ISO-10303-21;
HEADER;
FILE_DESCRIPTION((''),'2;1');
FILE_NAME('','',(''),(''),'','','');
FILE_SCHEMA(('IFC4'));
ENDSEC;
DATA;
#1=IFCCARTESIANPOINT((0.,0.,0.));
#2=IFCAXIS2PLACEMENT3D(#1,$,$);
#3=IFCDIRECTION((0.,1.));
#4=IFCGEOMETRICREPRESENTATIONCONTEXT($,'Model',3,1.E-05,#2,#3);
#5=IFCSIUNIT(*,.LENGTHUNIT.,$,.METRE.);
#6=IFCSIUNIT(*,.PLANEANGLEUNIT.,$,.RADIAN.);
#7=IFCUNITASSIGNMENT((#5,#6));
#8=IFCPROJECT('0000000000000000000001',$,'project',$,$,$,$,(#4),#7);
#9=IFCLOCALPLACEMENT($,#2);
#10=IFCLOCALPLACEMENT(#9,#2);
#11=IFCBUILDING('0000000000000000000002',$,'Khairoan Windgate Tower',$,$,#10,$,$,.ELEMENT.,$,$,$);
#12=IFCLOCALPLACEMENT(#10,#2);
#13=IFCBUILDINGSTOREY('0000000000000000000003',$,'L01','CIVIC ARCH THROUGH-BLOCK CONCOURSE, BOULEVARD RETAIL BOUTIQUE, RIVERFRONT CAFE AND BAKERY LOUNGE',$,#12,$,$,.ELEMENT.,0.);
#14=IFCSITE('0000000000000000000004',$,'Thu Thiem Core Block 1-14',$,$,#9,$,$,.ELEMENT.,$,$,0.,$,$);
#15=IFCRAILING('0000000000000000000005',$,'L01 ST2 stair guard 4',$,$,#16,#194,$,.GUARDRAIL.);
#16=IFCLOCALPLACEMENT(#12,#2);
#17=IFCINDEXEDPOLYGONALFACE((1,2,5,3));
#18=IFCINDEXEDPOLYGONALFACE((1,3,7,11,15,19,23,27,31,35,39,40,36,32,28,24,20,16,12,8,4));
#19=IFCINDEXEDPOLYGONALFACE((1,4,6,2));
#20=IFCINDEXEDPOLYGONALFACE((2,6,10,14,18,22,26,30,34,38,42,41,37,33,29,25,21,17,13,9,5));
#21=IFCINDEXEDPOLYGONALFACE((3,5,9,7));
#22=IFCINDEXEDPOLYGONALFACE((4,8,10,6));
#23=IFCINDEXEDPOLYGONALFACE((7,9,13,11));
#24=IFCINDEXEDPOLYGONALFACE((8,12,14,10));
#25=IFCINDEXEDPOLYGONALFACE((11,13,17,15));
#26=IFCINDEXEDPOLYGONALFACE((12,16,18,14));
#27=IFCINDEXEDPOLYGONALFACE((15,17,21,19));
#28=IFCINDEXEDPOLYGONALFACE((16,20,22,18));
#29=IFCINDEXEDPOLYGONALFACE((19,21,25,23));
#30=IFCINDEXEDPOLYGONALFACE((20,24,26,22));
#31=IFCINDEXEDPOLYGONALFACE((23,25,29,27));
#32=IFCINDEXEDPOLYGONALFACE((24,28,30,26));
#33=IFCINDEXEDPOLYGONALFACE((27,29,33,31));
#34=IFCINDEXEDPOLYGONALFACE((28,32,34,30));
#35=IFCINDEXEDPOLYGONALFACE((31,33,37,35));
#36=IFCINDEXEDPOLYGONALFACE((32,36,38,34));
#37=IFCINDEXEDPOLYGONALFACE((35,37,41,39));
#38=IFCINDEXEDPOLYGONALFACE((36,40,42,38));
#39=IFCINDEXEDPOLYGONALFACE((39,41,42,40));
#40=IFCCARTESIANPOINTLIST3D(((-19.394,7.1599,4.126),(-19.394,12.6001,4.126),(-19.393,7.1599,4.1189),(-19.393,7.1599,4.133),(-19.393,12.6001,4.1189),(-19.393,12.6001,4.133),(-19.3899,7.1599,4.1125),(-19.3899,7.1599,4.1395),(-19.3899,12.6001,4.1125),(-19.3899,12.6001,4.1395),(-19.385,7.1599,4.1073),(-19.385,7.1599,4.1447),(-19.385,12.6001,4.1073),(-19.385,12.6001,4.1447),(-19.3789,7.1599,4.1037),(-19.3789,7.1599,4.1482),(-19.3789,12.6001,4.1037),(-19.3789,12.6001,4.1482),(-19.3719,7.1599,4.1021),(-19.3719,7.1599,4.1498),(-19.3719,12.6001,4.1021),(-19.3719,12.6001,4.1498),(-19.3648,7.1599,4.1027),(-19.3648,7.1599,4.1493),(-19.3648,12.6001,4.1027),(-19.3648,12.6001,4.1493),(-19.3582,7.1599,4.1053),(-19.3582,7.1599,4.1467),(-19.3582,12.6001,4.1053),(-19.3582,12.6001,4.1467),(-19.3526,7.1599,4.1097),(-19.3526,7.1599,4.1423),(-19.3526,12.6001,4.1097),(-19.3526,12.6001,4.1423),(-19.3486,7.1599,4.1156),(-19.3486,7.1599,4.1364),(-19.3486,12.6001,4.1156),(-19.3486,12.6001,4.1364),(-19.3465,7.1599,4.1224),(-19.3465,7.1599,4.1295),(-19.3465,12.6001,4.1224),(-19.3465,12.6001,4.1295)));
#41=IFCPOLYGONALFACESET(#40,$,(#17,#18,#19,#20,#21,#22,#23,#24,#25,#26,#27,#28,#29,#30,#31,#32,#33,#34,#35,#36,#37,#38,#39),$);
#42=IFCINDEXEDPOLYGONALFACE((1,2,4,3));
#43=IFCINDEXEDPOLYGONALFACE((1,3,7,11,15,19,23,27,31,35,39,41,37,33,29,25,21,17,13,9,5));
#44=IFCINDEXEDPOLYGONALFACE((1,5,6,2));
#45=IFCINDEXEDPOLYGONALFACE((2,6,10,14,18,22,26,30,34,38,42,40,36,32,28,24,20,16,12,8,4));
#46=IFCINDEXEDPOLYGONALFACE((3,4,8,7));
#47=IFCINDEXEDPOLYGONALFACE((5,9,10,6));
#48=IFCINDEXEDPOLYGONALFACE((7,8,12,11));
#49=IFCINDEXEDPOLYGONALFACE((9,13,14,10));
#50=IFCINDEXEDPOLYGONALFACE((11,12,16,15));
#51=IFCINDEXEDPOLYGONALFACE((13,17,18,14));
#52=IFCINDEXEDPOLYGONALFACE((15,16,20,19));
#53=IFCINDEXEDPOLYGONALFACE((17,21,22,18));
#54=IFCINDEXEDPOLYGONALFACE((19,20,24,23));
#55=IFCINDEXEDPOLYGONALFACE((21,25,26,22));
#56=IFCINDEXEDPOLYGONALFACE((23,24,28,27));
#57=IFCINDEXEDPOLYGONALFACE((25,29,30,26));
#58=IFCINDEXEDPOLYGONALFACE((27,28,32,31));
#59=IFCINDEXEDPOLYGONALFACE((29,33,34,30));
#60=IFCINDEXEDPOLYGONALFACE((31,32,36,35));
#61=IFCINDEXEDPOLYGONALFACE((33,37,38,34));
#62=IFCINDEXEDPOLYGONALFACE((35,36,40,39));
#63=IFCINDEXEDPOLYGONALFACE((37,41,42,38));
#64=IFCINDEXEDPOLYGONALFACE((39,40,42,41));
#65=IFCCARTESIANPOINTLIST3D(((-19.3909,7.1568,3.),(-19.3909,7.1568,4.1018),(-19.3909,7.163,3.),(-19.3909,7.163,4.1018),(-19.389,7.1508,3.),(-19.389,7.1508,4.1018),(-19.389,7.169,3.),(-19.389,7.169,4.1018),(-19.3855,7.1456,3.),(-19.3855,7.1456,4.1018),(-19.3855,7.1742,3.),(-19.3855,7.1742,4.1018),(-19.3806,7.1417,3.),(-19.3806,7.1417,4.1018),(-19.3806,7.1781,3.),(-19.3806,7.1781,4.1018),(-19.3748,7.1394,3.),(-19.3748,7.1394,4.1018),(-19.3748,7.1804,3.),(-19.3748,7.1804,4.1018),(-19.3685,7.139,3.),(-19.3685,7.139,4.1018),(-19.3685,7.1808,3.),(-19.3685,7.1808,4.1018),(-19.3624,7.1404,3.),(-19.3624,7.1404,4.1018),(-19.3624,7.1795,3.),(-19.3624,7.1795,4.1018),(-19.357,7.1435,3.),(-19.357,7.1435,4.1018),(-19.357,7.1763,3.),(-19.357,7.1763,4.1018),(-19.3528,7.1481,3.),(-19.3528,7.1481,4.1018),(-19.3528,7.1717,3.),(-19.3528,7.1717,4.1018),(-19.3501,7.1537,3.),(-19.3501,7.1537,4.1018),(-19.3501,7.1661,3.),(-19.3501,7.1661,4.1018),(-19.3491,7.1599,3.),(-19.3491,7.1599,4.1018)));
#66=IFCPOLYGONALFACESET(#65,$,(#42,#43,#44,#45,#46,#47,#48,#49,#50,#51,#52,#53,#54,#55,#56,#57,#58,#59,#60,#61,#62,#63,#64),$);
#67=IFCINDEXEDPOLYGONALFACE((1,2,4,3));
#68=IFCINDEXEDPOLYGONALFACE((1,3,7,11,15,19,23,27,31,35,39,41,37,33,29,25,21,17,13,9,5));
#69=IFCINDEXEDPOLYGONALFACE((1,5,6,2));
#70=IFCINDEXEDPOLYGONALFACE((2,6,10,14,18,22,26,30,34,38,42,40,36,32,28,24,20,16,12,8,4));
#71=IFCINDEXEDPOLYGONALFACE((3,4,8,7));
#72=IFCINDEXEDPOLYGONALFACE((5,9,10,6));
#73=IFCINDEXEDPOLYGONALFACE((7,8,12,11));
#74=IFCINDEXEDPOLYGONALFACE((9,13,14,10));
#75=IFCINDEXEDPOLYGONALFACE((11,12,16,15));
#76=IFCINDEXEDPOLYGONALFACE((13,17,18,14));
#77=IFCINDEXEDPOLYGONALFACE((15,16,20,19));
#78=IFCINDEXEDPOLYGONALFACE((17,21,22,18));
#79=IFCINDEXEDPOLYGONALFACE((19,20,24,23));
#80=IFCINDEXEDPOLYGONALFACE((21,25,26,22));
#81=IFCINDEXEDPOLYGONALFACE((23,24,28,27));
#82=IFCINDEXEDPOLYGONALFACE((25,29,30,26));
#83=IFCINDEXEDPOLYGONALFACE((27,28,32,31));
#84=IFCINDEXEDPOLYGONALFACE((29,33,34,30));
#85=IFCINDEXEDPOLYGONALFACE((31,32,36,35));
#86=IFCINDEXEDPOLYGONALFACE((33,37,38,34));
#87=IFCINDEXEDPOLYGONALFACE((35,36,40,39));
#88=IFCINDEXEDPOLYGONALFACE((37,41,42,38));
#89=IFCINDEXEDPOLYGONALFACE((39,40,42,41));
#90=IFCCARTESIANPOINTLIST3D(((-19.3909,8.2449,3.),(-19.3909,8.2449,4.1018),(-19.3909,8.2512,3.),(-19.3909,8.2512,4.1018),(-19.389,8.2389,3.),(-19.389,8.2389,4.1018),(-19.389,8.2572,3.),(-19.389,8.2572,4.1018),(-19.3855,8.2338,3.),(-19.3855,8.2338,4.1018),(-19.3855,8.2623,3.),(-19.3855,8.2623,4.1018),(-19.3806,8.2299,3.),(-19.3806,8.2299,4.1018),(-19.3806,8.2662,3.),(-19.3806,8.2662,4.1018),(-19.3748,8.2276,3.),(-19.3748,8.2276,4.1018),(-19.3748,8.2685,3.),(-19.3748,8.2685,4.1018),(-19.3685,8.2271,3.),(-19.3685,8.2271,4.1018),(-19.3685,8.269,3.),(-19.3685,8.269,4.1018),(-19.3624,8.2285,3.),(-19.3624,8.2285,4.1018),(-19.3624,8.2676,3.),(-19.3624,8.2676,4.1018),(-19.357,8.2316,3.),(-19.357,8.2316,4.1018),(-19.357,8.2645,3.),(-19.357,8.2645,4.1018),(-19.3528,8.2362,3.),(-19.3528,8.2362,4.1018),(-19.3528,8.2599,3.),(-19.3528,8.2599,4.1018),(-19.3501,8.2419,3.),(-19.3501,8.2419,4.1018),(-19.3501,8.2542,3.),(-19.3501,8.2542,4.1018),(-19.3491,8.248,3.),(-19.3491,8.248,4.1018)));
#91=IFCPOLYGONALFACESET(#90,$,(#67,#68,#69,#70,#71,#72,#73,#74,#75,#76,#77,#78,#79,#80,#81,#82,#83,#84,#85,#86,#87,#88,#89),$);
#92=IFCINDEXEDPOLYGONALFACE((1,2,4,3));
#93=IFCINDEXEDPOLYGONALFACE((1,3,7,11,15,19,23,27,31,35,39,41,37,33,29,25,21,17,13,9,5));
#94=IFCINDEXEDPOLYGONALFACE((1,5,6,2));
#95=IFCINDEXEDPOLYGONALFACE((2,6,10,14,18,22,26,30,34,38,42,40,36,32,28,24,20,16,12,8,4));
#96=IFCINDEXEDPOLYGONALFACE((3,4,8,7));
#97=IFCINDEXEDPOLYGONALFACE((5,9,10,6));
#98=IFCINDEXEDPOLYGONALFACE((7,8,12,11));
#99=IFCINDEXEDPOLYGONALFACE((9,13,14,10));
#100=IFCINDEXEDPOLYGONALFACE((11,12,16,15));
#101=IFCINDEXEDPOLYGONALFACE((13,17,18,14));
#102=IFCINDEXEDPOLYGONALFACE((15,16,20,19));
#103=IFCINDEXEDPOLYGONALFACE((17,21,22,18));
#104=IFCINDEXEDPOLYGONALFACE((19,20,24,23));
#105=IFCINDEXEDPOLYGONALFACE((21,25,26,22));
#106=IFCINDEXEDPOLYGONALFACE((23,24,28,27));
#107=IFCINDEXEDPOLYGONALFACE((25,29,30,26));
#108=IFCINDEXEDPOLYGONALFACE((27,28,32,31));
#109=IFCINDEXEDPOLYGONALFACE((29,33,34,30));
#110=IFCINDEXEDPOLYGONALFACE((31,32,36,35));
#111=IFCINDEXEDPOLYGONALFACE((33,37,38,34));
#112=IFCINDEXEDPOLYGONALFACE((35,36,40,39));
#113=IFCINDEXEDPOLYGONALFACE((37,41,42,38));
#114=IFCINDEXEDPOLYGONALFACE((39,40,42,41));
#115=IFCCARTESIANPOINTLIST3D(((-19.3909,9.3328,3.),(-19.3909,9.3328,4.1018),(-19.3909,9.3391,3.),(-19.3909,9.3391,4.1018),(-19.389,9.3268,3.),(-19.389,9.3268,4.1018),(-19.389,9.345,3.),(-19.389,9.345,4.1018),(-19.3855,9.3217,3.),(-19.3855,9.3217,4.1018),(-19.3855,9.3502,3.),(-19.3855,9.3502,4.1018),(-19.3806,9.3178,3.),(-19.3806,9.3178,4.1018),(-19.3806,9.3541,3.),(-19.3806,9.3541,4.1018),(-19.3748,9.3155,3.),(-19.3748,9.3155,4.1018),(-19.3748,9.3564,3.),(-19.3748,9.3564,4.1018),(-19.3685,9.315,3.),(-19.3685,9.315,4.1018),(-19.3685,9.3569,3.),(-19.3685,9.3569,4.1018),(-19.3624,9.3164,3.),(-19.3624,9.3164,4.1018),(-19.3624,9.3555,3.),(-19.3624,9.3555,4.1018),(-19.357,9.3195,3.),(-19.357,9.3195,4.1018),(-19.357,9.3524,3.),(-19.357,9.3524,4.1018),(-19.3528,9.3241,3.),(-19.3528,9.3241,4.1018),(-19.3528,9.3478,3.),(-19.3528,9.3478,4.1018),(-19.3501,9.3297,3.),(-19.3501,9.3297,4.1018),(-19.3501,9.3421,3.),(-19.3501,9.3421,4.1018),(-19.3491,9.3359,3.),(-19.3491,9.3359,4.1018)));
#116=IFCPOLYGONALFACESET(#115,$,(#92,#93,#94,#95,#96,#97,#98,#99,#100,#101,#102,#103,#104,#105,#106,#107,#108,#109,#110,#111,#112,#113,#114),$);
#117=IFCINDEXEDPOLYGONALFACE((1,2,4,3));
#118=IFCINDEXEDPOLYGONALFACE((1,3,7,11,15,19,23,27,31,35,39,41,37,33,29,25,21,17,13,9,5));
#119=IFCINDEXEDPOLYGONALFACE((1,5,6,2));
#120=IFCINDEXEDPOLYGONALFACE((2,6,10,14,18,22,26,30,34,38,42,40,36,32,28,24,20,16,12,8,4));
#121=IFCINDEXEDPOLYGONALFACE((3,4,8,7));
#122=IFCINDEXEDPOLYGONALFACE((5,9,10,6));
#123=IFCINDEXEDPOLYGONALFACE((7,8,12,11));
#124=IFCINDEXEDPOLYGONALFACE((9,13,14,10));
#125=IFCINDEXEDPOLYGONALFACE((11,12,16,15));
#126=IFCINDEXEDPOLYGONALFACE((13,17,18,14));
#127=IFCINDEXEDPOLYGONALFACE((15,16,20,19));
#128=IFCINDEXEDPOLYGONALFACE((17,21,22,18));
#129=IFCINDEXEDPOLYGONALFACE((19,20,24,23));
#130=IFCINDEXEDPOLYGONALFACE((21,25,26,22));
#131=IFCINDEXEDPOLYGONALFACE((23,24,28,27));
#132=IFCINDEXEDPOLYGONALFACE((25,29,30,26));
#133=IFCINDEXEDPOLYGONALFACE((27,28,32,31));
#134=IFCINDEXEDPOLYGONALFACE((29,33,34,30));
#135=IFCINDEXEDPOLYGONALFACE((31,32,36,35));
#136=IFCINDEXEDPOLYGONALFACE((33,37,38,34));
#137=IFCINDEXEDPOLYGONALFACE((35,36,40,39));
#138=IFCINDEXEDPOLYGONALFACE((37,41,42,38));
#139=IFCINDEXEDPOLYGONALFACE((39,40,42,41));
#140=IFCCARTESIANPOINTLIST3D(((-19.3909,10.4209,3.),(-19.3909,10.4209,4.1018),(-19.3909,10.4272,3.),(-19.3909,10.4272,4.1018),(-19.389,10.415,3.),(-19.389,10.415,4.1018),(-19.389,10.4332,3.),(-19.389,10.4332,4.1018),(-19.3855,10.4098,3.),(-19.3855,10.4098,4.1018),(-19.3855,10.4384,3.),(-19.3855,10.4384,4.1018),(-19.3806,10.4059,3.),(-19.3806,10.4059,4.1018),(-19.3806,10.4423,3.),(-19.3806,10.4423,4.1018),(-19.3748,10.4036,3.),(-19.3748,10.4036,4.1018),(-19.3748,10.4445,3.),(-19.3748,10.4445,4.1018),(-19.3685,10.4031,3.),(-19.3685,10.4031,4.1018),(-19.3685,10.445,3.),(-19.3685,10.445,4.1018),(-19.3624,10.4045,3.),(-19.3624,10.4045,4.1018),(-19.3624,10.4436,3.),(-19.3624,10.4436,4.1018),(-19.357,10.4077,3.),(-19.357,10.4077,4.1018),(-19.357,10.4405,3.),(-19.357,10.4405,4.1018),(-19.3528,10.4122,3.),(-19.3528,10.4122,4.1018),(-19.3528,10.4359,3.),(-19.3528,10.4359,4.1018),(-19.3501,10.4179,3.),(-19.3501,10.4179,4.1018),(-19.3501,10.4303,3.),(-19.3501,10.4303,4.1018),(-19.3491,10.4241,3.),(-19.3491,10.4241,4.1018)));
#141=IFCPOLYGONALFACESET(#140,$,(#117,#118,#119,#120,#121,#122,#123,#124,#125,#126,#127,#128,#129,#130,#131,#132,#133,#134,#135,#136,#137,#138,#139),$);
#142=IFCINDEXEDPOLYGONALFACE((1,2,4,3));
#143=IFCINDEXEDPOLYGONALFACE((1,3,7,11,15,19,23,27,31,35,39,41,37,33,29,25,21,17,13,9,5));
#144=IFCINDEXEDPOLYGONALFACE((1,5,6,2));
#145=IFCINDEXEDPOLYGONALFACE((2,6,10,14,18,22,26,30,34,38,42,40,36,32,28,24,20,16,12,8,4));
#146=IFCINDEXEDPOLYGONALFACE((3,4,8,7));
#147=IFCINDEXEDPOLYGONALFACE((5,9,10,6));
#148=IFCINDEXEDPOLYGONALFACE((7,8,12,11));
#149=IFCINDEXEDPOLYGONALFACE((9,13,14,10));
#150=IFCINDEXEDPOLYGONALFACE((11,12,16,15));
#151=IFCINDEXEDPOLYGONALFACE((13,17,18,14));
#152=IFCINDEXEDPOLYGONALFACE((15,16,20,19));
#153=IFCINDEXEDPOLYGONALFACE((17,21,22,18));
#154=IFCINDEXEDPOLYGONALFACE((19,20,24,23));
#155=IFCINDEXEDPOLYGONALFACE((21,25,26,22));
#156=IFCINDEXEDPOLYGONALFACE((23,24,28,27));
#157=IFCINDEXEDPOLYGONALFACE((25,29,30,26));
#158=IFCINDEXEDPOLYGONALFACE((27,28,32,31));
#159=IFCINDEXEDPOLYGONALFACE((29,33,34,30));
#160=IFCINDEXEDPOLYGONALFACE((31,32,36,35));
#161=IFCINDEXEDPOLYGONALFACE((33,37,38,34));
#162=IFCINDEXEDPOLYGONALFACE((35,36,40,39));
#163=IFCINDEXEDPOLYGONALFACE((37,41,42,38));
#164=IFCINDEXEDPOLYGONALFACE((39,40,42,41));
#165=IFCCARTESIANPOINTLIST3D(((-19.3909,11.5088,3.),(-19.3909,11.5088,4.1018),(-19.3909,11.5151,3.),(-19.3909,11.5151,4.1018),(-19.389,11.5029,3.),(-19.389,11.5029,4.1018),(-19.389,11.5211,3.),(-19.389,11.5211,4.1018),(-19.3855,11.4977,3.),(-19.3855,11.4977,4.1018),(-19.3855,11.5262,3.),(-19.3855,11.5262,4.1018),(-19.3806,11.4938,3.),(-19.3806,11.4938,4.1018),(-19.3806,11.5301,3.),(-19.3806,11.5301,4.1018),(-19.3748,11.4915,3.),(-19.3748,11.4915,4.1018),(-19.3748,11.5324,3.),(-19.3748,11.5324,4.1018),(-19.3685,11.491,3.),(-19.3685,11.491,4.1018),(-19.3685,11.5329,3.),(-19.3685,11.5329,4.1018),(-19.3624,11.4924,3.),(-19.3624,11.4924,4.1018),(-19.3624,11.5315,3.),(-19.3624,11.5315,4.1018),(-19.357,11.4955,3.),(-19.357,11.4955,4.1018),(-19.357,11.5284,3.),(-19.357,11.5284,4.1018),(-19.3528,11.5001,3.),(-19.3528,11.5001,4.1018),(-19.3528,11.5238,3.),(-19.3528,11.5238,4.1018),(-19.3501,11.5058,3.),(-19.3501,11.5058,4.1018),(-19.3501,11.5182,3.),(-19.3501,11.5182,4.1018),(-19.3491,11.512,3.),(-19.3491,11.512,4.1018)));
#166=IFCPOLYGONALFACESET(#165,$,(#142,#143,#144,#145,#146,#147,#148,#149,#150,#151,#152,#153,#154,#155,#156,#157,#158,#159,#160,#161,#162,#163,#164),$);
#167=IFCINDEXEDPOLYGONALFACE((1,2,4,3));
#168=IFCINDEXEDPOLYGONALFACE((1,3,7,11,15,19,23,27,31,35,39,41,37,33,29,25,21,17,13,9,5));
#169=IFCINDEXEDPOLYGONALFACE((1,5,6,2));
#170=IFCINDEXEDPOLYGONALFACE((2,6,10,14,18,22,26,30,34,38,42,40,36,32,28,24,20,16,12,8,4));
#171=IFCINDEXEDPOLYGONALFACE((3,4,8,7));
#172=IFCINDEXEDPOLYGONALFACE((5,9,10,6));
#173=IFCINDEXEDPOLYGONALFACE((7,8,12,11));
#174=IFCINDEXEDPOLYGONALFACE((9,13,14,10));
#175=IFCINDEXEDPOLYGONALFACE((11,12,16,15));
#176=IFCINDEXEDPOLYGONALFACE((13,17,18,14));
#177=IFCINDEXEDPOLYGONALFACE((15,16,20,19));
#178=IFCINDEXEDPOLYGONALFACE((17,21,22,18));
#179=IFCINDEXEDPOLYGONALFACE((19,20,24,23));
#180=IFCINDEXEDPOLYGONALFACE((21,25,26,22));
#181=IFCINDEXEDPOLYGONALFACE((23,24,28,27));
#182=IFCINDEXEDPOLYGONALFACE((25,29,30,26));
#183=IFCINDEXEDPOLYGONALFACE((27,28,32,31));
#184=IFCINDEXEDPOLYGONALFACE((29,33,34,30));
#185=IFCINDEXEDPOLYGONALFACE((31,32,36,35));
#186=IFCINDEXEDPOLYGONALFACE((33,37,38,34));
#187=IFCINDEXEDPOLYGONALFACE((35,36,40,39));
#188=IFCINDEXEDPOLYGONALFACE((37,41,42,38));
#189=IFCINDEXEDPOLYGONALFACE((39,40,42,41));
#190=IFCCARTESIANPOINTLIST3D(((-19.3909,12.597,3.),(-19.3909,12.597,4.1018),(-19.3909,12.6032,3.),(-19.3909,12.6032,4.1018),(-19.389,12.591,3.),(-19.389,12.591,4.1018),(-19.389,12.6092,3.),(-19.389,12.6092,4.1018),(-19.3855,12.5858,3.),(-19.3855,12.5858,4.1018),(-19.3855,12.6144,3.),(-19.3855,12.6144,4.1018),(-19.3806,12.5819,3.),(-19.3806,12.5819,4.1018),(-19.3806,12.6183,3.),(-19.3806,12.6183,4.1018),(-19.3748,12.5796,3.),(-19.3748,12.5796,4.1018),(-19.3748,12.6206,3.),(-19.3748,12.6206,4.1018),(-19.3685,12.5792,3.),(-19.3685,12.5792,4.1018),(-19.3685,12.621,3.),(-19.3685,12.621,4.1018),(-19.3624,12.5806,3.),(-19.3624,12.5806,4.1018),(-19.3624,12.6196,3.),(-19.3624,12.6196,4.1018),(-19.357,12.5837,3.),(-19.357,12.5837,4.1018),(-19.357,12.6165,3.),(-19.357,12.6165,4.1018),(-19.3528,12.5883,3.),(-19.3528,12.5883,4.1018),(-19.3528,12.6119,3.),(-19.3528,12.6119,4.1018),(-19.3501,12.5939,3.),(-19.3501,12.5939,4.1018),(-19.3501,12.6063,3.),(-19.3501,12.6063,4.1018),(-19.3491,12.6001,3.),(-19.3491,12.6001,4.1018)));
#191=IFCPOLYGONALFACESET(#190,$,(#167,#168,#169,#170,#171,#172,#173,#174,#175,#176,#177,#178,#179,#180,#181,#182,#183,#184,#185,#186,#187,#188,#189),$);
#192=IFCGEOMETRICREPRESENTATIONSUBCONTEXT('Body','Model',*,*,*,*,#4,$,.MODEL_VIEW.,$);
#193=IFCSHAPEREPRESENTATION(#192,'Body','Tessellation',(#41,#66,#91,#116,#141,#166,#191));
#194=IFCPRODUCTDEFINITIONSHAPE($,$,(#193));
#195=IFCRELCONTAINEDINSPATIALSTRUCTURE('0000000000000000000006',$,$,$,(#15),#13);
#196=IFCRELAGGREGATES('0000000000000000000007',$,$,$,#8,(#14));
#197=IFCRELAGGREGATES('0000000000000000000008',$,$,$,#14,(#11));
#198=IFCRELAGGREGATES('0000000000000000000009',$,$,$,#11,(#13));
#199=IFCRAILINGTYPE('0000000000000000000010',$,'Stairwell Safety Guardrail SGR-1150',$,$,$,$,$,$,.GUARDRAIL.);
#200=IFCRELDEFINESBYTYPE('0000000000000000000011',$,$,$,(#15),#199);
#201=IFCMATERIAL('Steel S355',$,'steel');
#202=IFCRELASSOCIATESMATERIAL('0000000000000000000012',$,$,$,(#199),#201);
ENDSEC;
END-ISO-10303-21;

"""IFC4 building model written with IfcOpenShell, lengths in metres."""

from ifc_helpers import new_model, si_unit, direction, frame, origin, origin_2d, place, context, subcontext, project, spatial, circle, extrude, material, type_object, element, save


model = new_model("IFC4")

# Units and contexts
model_context = context("Model", 3, precision=1e-05, world=origin(), true_north=direction((0.0, 1.0)))
body_context = subcontext(model_context, "Body", "Model", "MODEL_VIEW")
ifc_project = project(units=[si_unit("LENGTHUNIT", "METRE"), si_unit("PLANEANGLEUNIT", "RADIAN")], contexts=[model_context])

# Site, building, storey
site_placement = place(None, origin())
site = spatial("IfcSite", under=ifc_project, at=site_placement, Name="Thu Thiem Core Block 1-14", CompositionType="ELEMENT", RefElevation=0.0)
building_placement = place(site_placement, origin())
building = spatial("IfcBuilding", under=site, at=building_placement, Name="Khairoan Windgate Tower", CompositionType="ELEMENT")
storey_placement = place(building_placement, origin())
storey = spatial("IfcBuildingStorey", under=building, at=storey_placement, Name="L01", Description="CIVIC ARCH THROUGH-BLOCK CONCOURSE, BOULEVARD RETAIL BOUTIQUE, RIVERFRONT CAFE AND BAKERY LOUNGE", CompositionType="ELEMENT", Elevation=0.0)

# Railing
ifc_material_1 = material(Name="Steel S355", Category="steel")
railing_type_1 = type_object("IfcRailingType", Name="Stairwell Safety Guardrail SGR-1150", PredefinedType="GUARDRAIL", material=ifc_material_1)
railing_1_placement = place(storey_placement, frame((-19.3701, 7.1599, 3.0)))
element("IfcRailing", 1, at=railing_1_placement, inside=storey, type_object=railing_type_1, Name="L01 ST2 stair guard 4", PredefinedType="GUARDRAIL", context=body_context, shape_type="SweptSolid", body=[
    extrude(circle(Radius=0.0239, at=origin_2d()), frame((0.0, 0.0, 1.126), z_axis=(0.0, 1.0, 0.0), x_axis=(-1.0, 0.0, 0.0)), (0.0, 0.0, 1.0), 5.4402),
    extrude(circle(Radius=0.021, at=origin_2d()), origin(), (0.0, 0.0, 1.0), 1.1018),
    extrude(circle(Radius=0.021, at=origin_2d()), frame((0.0, 1.0881, 0.0)), (0.0, 0.0, 1.0), 1.1018),
    extrude(circle(Radius=0.021, at=origin_2d()), frame((0.0, 2.176, 0.0)), (0.0, 0.0, 1.0), 1.1018),
    extrude(circle(Radius=0.021, at=origin_2d()), frame((0.0, 3.2642, 0.0)), (0.0, 0.0, 1.0), 1.1018),
    extrude(circle(Radius=0.021, at=origin_2d()), frame((0.0, 4.3521, 0.0)), (0.0, 0.0, 1.0), 1.1018),
    extrude(circle(Radius=0.021, at=origin_2d()), frame((0.0, 5.4402, 0.0)), (0.0, 0.0, 1.0), 1.1018),
])

save(model, "model.ifc")
